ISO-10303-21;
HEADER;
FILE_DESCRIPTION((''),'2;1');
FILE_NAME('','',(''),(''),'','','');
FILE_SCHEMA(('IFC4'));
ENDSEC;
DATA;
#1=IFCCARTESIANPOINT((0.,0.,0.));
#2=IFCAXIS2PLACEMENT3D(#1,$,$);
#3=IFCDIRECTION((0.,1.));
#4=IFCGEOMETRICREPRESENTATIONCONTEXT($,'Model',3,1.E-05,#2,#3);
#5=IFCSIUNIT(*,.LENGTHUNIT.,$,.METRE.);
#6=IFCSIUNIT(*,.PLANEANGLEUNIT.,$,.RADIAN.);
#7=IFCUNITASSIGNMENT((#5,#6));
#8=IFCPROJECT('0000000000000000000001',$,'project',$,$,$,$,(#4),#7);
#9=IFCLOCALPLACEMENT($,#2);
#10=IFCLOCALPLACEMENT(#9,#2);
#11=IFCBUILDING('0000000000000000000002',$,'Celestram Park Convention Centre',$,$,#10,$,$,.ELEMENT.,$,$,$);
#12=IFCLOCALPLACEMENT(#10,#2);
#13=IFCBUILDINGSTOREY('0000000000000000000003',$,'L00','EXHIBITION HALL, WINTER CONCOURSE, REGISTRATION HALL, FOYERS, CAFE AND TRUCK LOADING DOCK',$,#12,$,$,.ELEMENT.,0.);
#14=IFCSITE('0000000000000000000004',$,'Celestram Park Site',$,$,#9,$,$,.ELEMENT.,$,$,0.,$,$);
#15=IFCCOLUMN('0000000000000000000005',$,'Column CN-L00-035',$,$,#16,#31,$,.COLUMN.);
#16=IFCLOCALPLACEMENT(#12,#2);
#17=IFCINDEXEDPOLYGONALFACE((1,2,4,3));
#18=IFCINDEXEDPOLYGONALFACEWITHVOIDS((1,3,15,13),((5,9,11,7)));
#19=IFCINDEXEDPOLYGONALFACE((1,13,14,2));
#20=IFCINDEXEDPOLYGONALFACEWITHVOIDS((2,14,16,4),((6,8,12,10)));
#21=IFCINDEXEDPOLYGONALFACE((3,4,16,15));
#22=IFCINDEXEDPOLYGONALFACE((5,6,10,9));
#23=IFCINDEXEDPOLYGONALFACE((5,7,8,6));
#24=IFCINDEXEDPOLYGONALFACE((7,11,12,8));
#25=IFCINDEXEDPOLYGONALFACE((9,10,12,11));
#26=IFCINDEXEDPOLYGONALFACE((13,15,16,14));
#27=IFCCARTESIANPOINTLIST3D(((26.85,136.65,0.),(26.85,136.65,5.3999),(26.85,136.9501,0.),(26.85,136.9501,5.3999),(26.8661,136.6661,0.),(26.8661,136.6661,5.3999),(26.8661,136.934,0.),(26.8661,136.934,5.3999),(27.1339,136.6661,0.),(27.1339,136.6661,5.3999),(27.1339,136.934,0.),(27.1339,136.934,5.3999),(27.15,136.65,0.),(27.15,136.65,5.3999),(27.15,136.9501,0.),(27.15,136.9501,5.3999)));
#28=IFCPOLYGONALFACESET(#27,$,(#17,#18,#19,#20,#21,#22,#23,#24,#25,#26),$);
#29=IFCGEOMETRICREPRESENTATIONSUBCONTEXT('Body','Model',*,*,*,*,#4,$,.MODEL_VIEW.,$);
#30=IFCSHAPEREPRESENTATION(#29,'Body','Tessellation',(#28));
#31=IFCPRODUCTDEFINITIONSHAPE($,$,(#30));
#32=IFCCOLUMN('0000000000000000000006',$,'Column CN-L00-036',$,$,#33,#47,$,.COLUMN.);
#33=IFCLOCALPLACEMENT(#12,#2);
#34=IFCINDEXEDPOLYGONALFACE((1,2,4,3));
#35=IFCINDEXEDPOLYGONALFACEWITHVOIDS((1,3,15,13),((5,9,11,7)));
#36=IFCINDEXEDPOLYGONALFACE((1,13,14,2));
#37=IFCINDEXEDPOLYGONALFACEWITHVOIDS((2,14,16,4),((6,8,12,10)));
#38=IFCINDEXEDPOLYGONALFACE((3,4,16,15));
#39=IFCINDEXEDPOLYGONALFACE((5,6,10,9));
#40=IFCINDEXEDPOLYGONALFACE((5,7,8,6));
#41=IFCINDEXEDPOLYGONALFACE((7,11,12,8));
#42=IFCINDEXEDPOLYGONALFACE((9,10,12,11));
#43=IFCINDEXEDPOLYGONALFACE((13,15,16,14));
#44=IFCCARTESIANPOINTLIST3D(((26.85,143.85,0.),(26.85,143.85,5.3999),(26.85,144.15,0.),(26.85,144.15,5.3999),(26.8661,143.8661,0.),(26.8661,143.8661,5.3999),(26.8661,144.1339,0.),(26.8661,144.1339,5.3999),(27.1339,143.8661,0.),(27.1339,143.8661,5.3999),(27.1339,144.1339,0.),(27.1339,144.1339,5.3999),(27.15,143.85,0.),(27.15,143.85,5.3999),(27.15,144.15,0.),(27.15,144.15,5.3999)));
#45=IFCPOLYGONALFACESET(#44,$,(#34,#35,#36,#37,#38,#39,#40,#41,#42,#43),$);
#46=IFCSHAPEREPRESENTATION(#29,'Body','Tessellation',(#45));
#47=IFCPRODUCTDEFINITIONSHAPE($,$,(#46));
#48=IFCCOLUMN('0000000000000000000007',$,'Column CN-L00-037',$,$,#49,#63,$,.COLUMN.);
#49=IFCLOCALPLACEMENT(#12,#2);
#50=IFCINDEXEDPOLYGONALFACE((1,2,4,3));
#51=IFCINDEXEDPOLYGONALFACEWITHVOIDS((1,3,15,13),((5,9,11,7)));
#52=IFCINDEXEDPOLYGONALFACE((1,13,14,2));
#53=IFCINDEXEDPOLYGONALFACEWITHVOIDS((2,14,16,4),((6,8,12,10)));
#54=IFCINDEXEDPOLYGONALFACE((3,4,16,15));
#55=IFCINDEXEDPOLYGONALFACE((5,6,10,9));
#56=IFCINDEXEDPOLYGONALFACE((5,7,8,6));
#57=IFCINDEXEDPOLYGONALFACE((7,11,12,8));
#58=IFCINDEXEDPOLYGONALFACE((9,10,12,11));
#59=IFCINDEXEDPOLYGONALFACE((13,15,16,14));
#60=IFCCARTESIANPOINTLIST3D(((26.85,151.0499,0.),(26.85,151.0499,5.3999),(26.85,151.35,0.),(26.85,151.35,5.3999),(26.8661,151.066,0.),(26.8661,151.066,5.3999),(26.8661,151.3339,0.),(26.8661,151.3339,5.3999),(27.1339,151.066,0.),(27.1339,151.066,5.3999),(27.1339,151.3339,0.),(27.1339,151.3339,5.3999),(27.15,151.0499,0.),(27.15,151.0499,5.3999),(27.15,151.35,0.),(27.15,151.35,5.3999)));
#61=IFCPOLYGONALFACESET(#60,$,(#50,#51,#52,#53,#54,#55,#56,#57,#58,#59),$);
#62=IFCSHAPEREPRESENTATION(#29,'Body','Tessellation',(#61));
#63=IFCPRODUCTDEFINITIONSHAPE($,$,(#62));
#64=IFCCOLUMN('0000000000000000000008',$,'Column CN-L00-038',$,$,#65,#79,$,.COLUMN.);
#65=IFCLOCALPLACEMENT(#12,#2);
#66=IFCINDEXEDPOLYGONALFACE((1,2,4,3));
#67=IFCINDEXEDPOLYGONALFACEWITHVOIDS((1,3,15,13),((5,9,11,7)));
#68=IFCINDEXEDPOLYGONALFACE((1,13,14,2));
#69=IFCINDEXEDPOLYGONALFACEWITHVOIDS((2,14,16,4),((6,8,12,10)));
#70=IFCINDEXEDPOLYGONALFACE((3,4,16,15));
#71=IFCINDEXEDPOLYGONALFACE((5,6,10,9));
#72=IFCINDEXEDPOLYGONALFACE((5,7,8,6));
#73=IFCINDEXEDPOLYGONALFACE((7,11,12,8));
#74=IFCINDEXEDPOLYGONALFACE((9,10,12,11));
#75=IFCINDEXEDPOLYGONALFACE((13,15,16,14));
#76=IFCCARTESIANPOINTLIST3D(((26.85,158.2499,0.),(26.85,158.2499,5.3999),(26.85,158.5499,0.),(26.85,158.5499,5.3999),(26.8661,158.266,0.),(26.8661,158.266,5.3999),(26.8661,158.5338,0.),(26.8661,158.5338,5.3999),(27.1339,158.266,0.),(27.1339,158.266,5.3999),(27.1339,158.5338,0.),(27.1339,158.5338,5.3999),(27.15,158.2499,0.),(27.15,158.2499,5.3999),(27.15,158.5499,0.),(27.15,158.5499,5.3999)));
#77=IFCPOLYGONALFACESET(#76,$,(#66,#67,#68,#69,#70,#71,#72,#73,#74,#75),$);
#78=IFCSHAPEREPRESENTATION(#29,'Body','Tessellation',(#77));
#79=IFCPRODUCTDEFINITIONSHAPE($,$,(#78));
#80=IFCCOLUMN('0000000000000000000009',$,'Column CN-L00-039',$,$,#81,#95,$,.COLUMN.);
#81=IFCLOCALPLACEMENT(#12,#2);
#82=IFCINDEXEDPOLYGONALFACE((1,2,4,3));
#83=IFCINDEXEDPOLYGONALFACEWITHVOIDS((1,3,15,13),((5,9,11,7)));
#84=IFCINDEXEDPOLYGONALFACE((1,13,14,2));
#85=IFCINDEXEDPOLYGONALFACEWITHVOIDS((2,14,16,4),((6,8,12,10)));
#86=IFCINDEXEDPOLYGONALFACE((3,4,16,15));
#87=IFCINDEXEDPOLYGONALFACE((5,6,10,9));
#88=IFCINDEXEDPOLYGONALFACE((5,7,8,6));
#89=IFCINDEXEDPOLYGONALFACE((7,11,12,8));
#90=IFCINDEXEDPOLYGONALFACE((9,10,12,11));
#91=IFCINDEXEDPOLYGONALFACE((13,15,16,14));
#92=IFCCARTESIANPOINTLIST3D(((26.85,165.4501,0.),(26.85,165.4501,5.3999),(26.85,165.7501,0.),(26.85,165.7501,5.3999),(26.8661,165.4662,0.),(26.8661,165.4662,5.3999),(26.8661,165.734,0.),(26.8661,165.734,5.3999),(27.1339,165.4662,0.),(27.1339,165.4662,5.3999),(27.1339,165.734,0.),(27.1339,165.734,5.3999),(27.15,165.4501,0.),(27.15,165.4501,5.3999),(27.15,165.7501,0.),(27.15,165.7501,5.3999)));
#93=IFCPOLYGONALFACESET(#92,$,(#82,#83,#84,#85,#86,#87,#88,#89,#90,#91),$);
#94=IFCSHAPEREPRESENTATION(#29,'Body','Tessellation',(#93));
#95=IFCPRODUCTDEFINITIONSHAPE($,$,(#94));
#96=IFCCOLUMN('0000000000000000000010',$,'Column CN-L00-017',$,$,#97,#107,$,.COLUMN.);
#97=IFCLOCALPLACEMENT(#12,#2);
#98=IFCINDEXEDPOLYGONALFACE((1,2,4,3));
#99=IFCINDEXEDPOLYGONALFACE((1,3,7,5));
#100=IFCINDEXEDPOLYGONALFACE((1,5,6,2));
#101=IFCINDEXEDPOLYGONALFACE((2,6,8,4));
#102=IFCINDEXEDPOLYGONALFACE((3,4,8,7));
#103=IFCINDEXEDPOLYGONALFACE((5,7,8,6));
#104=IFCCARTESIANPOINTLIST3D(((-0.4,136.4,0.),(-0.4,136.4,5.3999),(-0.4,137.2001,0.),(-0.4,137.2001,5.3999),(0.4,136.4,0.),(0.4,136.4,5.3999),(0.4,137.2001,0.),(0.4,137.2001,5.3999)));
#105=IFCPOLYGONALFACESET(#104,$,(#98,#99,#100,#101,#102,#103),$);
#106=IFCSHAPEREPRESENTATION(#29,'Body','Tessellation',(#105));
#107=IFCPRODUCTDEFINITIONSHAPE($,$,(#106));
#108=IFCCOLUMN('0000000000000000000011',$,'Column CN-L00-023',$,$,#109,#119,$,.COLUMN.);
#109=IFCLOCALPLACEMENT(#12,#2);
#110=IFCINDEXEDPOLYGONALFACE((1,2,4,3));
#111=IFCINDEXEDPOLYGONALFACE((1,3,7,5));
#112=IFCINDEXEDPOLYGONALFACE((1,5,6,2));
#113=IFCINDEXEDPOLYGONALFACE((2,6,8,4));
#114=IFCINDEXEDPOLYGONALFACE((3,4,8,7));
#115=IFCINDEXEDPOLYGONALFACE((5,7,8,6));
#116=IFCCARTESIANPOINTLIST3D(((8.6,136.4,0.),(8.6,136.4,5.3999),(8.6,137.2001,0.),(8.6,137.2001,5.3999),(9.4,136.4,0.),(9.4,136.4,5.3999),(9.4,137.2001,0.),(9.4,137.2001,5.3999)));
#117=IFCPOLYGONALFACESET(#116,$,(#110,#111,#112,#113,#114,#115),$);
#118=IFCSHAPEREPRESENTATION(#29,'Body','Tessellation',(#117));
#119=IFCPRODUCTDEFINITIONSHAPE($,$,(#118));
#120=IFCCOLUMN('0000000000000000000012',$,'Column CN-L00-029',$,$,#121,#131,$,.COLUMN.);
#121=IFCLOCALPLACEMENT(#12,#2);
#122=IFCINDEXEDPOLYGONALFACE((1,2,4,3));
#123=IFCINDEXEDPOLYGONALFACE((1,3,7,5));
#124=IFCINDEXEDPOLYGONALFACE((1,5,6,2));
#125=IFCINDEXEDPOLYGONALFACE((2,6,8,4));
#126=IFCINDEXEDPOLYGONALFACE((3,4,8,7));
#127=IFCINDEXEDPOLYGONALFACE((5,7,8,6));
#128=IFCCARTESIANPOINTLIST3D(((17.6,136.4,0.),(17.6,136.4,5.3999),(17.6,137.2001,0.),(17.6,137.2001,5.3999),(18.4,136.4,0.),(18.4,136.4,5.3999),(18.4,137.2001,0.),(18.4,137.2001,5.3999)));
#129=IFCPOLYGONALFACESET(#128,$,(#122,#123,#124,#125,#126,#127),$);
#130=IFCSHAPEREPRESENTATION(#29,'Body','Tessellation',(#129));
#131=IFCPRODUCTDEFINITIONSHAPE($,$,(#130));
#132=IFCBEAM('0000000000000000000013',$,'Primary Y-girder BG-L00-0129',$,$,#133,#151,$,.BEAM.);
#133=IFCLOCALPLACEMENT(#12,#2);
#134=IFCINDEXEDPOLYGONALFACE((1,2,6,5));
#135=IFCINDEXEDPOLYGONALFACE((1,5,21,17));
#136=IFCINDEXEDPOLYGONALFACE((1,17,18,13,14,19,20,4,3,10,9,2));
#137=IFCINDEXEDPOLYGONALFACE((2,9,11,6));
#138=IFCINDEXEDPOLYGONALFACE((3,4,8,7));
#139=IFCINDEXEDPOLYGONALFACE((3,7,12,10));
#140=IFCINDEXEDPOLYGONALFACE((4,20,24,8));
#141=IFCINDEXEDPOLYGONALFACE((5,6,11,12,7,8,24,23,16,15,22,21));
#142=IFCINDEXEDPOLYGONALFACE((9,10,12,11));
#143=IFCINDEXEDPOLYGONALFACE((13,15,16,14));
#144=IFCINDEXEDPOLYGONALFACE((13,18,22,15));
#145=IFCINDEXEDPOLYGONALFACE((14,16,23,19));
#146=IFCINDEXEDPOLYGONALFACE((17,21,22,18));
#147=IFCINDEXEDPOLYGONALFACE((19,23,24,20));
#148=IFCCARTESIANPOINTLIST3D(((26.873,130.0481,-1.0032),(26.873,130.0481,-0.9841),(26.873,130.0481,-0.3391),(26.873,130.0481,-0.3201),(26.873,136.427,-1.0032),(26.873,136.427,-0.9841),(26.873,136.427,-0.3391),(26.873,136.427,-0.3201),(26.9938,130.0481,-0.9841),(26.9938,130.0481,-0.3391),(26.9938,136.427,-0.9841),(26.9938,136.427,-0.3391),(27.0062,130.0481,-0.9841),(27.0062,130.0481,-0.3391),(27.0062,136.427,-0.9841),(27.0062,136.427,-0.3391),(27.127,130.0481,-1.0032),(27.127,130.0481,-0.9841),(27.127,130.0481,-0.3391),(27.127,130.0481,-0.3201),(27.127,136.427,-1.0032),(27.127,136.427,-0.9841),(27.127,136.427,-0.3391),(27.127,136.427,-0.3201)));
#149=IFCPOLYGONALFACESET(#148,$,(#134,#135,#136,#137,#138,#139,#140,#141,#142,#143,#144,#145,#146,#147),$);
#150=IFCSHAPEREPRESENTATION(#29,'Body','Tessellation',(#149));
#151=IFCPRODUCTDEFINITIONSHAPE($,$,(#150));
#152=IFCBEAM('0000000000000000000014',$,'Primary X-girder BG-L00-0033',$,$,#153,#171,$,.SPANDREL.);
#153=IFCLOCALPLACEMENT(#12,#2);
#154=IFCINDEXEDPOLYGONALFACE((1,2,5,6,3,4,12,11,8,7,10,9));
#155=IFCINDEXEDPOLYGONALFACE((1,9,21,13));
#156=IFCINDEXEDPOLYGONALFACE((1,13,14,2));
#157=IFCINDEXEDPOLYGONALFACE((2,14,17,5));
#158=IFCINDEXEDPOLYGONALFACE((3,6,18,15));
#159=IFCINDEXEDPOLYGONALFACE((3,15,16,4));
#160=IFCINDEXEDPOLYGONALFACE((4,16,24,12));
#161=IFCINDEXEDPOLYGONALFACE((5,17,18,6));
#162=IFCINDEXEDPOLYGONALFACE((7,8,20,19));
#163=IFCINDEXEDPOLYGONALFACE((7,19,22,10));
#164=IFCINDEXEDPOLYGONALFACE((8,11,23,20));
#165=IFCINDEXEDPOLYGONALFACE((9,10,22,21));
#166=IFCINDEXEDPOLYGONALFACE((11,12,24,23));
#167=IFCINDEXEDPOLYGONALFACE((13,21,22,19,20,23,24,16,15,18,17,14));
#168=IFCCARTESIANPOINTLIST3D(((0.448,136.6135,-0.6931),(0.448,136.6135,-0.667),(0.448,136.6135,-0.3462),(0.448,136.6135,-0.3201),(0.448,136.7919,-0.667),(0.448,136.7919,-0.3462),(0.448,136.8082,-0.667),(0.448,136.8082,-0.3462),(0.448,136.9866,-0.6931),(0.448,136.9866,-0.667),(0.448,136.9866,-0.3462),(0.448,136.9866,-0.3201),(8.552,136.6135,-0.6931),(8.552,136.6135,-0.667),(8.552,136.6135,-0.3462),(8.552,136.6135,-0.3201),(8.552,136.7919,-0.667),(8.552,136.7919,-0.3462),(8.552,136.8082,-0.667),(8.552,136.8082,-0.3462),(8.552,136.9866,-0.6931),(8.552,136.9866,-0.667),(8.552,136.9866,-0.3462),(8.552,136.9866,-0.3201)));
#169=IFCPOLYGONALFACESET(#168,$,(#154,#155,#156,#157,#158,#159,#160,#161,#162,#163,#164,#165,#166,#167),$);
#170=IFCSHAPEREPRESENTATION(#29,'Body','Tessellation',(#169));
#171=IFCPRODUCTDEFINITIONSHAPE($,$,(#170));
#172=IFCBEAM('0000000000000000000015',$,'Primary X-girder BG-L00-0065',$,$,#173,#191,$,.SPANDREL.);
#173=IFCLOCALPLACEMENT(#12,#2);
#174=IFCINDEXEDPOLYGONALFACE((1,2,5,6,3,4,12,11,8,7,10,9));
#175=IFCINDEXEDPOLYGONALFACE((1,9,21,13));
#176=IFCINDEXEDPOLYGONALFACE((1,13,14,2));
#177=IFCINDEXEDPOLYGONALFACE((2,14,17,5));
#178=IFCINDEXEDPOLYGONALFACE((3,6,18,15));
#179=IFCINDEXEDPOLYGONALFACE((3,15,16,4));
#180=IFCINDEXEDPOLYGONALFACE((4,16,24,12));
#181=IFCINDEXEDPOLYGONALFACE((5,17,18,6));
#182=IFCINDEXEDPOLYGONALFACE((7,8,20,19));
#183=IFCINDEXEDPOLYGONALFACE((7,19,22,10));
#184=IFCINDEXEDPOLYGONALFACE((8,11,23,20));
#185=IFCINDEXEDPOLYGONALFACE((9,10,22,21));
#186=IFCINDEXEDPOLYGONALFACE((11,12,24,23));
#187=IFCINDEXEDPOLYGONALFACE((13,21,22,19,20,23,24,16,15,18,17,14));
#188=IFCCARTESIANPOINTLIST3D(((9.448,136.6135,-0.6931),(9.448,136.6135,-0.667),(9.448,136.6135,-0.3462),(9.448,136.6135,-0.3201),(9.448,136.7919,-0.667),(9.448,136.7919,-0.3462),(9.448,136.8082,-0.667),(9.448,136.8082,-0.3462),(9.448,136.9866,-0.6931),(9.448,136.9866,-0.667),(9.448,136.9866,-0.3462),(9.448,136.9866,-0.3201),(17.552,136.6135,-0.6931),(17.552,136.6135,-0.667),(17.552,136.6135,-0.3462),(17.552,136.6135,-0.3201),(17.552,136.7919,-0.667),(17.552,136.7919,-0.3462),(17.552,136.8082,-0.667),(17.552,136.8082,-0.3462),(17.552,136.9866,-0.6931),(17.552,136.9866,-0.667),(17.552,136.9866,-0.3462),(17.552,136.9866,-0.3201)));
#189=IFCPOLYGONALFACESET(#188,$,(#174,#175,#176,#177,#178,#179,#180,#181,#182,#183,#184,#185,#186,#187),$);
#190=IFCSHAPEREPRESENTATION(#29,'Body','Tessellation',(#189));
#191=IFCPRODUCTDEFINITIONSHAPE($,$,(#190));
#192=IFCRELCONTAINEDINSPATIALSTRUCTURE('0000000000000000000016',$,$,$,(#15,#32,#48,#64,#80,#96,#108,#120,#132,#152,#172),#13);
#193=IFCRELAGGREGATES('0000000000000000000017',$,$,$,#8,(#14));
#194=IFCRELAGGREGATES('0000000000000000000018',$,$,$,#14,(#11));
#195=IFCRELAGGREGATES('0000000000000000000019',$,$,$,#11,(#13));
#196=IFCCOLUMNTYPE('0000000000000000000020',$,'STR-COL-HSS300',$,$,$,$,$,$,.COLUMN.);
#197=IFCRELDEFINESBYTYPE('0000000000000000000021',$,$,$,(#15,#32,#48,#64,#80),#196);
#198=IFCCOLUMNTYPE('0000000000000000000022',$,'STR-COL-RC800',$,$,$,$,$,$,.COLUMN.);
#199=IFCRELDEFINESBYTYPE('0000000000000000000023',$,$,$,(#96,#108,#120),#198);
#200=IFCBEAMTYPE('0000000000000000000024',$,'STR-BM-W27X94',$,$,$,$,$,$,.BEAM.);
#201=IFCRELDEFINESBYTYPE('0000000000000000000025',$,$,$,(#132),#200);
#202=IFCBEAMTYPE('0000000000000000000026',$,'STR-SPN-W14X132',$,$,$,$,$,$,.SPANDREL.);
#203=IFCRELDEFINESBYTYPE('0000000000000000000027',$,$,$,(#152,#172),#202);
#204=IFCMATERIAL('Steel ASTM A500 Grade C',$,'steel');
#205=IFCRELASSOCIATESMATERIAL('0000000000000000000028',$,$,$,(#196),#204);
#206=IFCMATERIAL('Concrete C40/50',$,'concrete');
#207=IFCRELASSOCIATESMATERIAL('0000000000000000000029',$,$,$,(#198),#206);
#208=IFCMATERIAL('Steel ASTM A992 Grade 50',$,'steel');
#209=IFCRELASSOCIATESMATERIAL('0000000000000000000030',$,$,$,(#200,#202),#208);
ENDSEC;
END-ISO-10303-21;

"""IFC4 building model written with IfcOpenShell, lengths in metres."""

from ifc_helpers import new_model, si_unit, direction, frame, origin, origin_2d, place, context, subcontext, project, spatial, rectangle, hollow_rectangle, i_section, extrude, material, material_profile, profile_set, type_object, element, save


model = new_model("IFC4")

# Units and contexts
model_context = context("Model", 3, precision=1e-05, world=origin(), true_north=direction((0.0, 1.0)))
body_context = subcontext(model_context, "Body", "Model", "MODEL_VIEW")
ifc_project = project(units=[si_unit("LENGTHUNIT", "METRE"), si_unit("PLANEANGLEUNIT", "RADIAN")], contexts=[model_context])

# Site, building, storey
site_placement = place(None, origin())
site = spatial("IfcSite", under=ifc_project, at=site_placement, Name="Celestram Park Site", CompositionType="ELEMENT", RefElevation=0.0)
building_placement = place(site_placement, origin())
building = spatial("IfcBuilding", under=site, at=building_placement, Name="Celestram Park Convention Centre", CompositionType="ELEMENT")
storey_placement = place(building_placement, origin())
storey = spatial("IfcBuildingStorey", under=building, at=storey_placement, Name="L00", Description="EXHIBITION HALL, WINTER CONCOURSE, REGISTRATION HALL, FOYERS, CAFE AND TRUCK LOADING DOCK", CompositionType="ELEMENT", Elevation=0.0)

# Columns
ifc_material_1 = material(Name="Steel ASTM A500 Grade C", Category="steel")
ifc_material_profile_1 = material_profile(ifc_material_1, hollow_rectangle(XDim=0.3, YDim=0.3, WallThickness=0.0161, at=origin_2d()), Name="HSS300X300X16")
ifc_profile_set_1 = profile_set([ifc_material_profile_1], Name="Steel ASTM A500 Grade C")
column_type_1 = type_object("IfcColumnType", Name="STR-COL-HSS300", PredefinedType="COLUMN", material=ifc_profile_set_1)
for number, where, z_axis, x_axis, name in (
    (1, (27.0, 136.8, 0.0), (0.0, 0.0, 1.0), (1.0, 0.0, 0.0), "Column CN-L00-035"),
    (2, (27.0, 144.0, 0.0), (0.0, 0.0, 1.0), (1.0, 0.0, 0.0), "Column CN-L00-036"),
    (3, (27.0, 151.2, 0.0), (0.0, 0.0, 1.0), (1.0, 0.0, 0.0), "Column CN-L00-037"),
    (4, (27.0, 158.3999, 0.0), (0.0, 0.0, 1.0), (1.0, 0.0, 0.0), "Column CN-L00-038"),
    (5, (27.0, 165.6001, 0.0), (0.0, 0.0, 1.0), (1.0, 0.0, 0.0), "Column CN-L00-039"),
):
    element("IfcColumn", number, at=place(storey_placement, frame(where, z_axis=z_axis, x_axis=x_axis)), inside=storey, type_object=column_type_1, Name=name, PredefinedType="COLUMN", context=body_context, shape_type="SweptSolid", body=[
        extrude(hollow_rectangle(XDim=0.3, YDim=0.3, WallThickness=0.0161, at=origin_2d()), origin(), (0.0, 0.0, 1.0), 5.3999),
    ])
ifc_material_2 = material(Name="Concrete C40/50", Category="concrete")
ifc_material_profile_2 = material_profile(ifc_material_2, rectangle(XDim=0.8, YDim=0.8, at=origin_2d()), Name="RC800X800")
ifc_profile_set_2 = profile_set([ifc_material_profile_2], Name="Concrete C40/50")
column_type_2 = type_object("IfcColumnType", Name="STR-COL-RC800", PredefinedType="COLUMN", material=ifc_profile_set_2)
for number, where, z_axis, x_axis, name in (
    (6, (0.0, 136.8, 0.0), (0.0, 0.0, 1.0), (1.0, 0.0, 0.0), "Column CN-L00-017"),
    (7, (9.0, 136.8, 0.0), (0.0, 0.0, 1.0), (1.0, 0.0, 0.0), "Column CN-L00-023"),
    (8, (18.0, 136.8, 0.0), (0.0, 0.0, 1.0), (1.0, 0.0, 0.0), "Column CN-L00-029"),
):
    element("IfcColumn", number, at=place(storey_placement, frame(where, z_axis=z_axis, x_axis=x_axis)), inside=storey, type_object=column_type_2, Name=name, PredefinedType="COLUMN", context=body_context, shape_type="SweptSolid", body=[
        extrude(rectangle(XDim=0.8, YDim=0.8, at=origin_2d()), origin(), (0.0, 0.0, 1.0), 5.3999),
    ])

# Beams
ifc_material_3 = material(Name="Steel ASTM A992 Grade 50", Category="steel")
ifc_material_profile_3 = material_profile(ifc_material_3, i_section(OverallWidth=0.2539, OverallDepth=0.6831, WebThickness=0.0125, FlangeThickness=0.019, at=origin_2d()), Name="W27X94")
ifc_profile_set_3 = profile_set([ifc_material_profile_3], Name="Steel ASTM A992 Grade 50")
beam_type_1 = type_object("IfcBeamType", Name="STR-BM-W27X94", PredefinedType="BEAM", material=ifc_profile_set_3)
beam_1_placement = place(storey_placement, frame((27.0, 130.0481, -0.6616), z_axis=(0.0, 1.0, 0.0), x_axis=(-1.0, 0.0, 0.0)))
element("IfcBeam", 9, at=beam_1_placement, inside=storey, type_object=beam_type_1, Name="Primary Y-girder BG-L00-0129", PredefinedType="BEAM", context=body_context, shape_type="SweptSolid", body=[
    extrude(i_section(OverallWidth=0.2539, OverallDepth=0.6831, WebThickness=0.0125, FlangeThickness=0.019, at=origin_2d()), origin(), (0.0, 0.0, 1.0), 6.3789),
])
ifc_material_profile_4 = material_profile(ifc_material_3, i_section(OverallWidth=0.373, OverallDepth=0.373, WebThickness=0.0164, FlangeThickness=0.0261, at=origin_2d()), Name="W14X132")
ifc_profile_set_4 = profile_set([ifc_material_profile_4], Name="Steel ASTM A992 Grade 50")
beam_type_2 = type_object("IfcBeamType", Name="STR-SPN-W14X132", PredefinedType="SPANDREL", material=ifc_profile_set_4)
for number, where, z_axis, x_axis, name in (
    (10, (0.448, 136.8, -0.5066), (1.0, 0.0, 0.0), (0.0, 1.0, 0.0), "Primary X-girder BG-L00-0033"),
    (11, (9.448, 136.8, -0.5066), (1.0, 0.0, 0.0), (0.0, 1.0, 0.0), "Primary X-girder BG-L00-0065"),
):
    element("IfcBeam", number, at=place(storey_placement, frame(where, z_axis=z_axis, x_axis=x_axis)), inside=storey, type_object=beam_type_2, Name=name, PredefinedType="SPANDREL", context=body_context, shape_type="SweptSolid", body=[
        extrude(i_section(OverallWidth=0.373, OverallDepth=0.373, WebThickness=0.0164, FlangeThickness=0.0261, at=origin_2d()), origin(), (0.0, 0.0, 1.0), 8.104),
    ])

save(model, "model.ifc")
